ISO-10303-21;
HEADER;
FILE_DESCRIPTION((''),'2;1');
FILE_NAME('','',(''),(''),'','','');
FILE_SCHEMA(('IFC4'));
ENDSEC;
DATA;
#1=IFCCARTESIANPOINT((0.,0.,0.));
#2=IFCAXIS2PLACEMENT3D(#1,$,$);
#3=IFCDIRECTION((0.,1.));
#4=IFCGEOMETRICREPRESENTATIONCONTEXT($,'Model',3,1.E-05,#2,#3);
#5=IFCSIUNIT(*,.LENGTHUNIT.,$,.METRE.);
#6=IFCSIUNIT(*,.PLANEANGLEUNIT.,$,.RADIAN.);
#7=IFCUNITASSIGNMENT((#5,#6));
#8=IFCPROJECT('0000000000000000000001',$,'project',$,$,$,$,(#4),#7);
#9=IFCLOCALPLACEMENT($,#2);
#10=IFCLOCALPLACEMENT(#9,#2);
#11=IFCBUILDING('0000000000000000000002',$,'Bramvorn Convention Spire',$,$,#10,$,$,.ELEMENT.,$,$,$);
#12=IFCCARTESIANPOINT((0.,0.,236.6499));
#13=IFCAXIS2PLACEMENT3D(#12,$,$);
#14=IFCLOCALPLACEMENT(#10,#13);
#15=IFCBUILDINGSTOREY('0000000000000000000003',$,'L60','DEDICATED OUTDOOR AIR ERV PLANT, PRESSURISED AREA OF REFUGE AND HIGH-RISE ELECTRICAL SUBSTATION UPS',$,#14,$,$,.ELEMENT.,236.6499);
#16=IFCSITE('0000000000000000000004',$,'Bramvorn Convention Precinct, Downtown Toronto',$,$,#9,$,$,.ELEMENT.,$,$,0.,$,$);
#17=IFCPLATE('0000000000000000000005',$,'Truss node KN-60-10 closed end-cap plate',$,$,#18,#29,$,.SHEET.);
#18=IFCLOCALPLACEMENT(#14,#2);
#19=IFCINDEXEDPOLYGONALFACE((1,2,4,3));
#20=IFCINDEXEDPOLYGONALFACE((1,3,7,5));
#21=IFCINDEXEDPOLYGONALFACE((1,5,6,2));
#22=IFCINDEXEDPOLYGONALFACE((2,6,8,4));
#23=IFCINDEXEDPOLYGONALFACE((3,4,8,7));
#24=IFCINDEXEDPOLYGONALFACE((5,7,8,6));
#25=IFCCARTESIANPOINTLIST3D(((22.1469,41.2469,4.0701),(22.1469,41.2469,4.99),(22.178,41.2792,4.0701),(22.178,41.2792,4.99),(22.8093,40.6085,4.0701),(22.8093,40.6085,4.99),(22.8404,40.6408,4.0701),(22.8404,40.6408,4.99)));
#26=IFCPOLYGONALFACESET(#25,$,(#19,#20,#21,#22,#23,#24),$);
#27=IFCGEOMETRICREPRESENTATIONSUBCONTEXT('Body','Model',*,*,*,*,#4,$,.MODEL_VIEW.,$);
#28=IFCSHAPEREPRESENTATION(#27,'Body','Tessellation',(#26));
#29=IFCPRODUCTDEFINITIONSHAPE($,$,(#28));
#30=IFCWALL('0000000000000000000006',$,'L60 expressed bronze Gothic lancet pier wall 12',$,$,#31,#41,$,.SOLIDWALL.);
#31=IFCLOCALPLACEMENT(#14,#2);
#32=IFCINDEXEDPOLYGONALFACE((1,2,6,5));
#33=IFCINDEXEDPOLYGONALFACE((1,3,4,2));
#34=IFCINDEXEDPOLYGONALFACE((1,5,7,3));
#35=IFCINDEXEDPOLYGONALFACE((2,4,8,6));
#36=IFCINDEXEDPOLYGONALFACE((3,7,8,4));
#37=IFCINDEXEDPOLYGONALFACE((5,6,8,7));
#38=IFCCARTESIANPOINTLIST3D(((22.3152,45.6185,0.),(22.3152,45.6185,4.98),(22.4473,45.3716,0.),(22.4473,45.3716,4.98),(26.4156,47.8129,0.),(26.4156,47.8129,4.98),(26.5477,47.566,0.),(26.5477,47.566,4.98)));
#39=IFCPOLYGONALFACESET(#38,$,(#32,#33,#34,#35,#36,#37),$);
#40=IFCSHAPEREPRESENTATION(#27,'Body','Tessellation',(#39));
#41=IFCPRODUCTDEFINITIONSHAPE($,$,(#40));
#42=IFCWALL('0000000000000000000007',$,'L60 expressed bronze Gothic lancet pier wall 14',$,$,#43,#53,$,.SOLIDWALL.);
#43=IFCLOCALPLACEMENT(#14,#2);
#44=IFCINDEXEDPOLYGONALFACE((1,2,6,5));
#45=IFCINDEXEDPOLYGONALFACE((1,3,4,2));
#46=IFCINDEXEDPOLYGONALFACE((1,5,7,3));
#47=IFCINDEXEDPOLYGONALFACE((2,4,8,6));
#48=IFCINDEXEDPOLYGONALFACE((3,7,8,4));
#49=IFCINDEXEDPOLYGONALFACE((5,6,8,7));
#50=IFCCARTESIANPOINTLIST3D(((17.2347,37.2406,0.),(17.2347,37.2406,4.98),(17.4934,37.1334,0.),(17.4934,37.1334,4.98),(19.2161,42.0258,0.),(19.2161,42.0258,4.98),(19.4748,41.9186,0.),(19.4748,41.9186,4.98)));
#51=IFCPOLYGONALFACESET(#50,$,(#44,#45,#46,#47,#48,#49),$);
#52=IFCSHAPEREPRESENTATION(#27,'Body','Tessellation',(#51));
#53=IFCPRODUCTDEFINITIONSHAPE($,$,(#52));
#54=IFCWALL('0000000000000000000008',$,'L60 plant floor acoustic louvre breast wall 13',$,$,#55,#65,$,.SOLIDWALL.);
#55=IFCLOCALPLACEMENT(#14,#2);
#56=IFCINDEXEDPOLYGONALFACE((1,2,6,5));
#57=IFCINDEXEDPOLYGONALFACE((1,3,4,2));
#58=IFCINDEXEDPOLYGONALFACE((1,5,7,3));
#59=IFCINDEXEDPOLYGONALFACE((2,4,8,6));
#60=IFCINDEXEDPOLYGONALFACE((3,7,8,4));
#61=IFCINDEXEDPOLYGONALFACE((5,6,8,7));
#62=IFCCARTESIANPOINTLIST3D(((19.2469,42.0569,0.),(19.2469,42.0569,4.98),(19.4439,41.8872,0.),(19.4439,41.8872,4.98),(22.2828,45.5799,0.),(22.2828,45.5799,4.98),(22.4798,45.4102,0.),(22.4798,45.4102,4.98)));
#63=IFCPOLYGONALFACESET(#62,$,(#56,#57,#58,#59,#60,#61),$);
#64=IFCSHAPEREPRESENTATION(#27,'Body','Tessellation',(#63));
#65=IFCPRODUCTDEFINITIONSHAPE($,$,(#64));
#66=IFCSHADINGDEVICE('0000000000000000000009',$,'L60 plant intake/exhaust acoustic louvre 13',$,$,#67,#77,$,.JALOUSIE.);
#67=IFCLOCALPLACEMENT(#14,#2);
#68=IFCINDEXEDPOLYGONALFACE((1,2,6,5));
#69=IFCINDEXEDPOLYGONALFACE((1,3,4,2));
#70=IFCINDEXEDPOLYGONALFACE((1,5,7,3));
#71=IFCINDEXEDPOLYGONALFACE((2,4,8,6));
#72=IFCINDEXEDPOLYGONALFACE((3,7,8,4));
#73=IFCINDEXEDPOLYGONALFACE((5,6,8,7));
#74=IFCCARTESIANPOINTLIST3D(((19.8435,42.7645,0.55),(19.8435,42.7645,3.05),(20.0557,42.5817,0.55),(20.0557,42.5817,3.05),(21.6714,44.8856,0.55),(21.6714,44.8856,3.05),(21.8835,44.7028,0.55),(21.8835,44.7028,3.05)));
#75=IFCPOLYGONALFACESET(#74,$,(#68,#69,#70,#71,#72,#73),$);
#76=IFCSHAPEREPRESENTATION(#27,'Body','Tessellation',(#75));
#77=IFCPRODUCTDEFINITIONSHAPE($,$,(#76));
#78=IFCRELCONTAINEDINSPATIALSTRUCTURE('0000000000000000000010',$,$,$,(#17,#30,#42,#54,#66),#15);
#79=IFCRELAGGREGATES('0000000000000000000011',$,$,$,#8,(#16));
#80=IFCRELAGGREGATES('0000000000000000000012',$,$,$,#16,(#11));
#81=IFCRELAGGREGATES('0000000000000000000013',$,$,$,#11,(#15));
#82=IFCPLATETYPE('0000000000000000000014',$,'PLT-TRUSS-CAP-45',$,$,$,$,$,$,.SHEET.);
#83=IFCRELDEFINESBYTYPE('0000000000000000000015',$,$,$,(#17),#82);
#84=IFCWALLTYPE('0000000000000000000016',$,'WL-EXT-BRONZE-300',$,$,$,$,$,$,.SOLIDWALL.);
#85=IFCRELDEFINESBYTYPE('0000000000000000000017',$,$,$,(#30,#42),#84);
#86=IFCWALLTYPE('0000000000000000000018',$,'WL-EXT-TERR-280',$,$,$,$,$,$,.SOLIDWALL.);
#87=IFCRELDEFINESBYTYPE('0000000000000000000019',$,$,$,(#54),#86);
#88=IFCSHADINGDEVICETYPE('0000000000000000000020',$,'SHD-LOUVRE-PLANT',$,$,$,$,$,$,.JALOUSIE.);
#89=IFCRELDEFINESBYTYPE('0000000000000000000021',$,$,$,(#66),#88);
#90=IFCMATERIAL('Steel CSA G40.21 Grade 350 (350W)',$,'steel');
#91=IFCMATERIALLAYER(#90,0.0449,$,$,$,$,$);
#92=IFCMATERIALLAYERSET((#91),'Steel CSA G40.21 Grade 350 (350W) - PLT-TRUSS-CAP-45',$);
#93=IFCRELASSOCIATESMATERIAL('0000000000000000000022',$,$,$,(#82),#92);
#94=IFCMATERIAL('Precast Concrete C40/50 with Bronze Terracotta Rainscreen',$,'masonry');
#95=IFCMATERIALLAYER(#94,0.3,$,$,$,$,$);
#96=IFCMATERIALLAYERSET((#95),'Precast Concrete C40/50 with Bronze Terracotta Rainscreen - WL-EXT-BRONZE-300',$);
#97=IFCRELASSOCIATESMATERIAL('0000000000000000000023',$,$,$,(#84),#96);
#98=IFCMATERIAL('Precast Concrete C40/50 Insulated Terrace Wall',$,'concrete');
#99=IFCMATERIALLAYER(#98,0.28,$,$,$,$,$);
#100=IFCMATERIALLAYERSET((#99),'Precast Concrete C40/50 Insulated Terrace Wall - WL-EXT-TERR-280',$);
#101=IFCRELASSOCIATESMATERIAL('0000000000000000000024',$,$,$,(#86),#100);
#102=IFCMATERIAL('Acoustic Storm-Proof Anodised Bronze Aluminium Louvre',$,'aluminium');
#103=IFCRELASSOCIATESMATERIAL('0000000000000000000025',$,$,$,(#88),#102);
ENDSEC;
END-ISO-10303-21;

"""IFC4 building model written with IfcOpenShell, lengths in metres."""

from ifc_helpers import new_model, si_unit, direction, frame, frame_2d, origin, origin_2d, place, context, subcontext, project, spatial, rectangle, extrude, material, layer, layer_set, type_object, element, save


model = new_model("IFC4")

# Units and contexts
model_context = context("Model", 3, precision=1e-05, world=origin(), true_north=direction((0.0, 1.0)))
body_context = subcontext(model_context, "Body", "Model", "MODEL_VIEW")
ifc_project = project(units=[si_unit("LENGTHUNIT", "METRE"), si_unit("PLANEANGLEUNIT", "RADIAN")], contexts=[model_context])

# Site, building, storey
site_placement = place(None, origin())
site = spatial("IfcSite", under=ifc_project, at=site_placement, Name="Bramvorn Convention Precinct, Downtown Toronto", CompositionType="ELEMENT", RefElevation=0.0)
building_placement = place(site_placement, origin())
building = spatial("IfcBuilding", under=site, at=building_placement, Name="Bramvorn Convention Spire", CompositionType="ELEMENT")
storey_placement = place(building_placement, frame((0.0, 0.0, 236.6499)))
storey = spatial("IfcBuildingStorey", under=building, at=storey_placement, Name="L60", Description="DEDICATED OUTDOOR AIR ERV PLANT, PRESSURISED AREA OF REFUGE AND HIGH-RISE ELECTRICAL SUBSTATION UPS", CompositionType="ELEMENT", Elevation=236.6499)

# Shared definitions
ifc_material_1 = material(Name="Steel CSA G40.21 Grade 350 (350W)", Category="steel")

# Plate
ifc_layer_1 = layer(ifc_material_1, 0.0449)
ifc_layer_set_1 = layer_set([ifc_layer_1], Name="Steel CSA G40.21 Grade 350 (350W) - PLT-TRUSS-CAP-45")
plate_type_1 = type_object("IfcPlateType", Name="PLT-TRUSS-CAP-45", PredefinedType="SHEET", material=ifc_layer_set_1)
plate_placement = place(storey_placement, frame((22.4937, 40.9438, 4.0701), z_axis=(0.0, 0.0, 1.0), x_axis=(-0.720048, 0.693924, 0.0)))
element("IfcPlate", 1, at=plate_placement, inside=storey, type_object=plate_type_1, Name="Truss node KN-60-10 closed end-cap plate", PredefinedType="SHEET", context=body_context, shape_type="SweptSolid", body=[
    extrude(rectangle(XDim=0.9199, YDim=0.0449, at=origin_2d()), origin(), (0.0, 0.0, 1.0), 0.9199),
])

# Walls
ifc_material_2 = material(Name="Precast Concrete C40/50 with Bronze Terracotta Rainscreen", Category="masonry")
ifc_layer_2 = layer(ifc_material_2, 0.3)
ifc_layer_set_2 = layer_set([ifc_layer_2], Name="Precast Concrete C40/50 with Bronze Terracotta Rainscreen - WL-EXT-BRONZE-300")
wall_type_1 = type_object("IfcWallType", Name="WL-EXT-BRONZE-300", PredefinedType="SOLIDWALL", material=ifc_layer_set_2)
wall_1_placement = place(storey_placement, frame((22.3813, 45.4951, 0.0), z_axis=(0.0, 0.0, 1.0), x_axis=(0.881684, 0.471841, 0.0)))
element("IfcWall", 2, at=wall_1_placement, inside=storey, type_object=wall_type_1, Name="L60 expressed bronze Gothic lancet pier wall 12", PredefinedType="SOLIDWALL", context=body_context, shape_type="SweptSolid", body=[
    extrude(rectangle(XDim=4.6506, YDim=0.28, at=frame_2d((2.3252, 0.0))), origin(), (0.0, 0.0, 1.0), 4.98),
])
wall_2_placement = place(storey_placement, frame((17.364, 37.187, 0.0), z_axis=(0.0, 0.0, 1.0), x_axis=(0.382579, 0.923923, 0.0)))
element("IfcWall", 3, at=wall_2_placement, inside=storey, type_object=wall_type_1, Name="L60 expressed bronze Gothic lancet pier wall 14", PredefinedType="SOLIDWALL", context=body_context, shape_type="SweptSolid", body=[
    extrude(rectangle(XDim=5.1792, YDim=0.28, at=frame_2d((2.5896, 0.0))), origin(), (0.0, 0.0, 1.0), 4.98),
])
ifc_material_3 = material(Name="Precast Concrete C40/50 Insulated Terrace Wall", Category="concrete")
ifc_layer_3 = layer(ifc_material_3, 0.28)
ifc_layer_set_3 = layer_set([ifc_layer_3], Name="Precast Concrete C40/50 Insulated Terrace Wall - WL-EXT-TERR-280")
wall_type_2 = type_object("IfcWallType", Name="WL-EXT-TERR-280", PredefinedType="SOLIDWALL", material=ifc_layer_set_3)
wall_3_placement = place(storey_placement, frame((19.3455, 41.9722, 0.0), z_axis=(0.0, 0.0, 1.0), x_axis=(0.652799, 0.757531, 0.0)))
element("IfcWall", 4, at=wall_3_placement, inside=storey, type_object=wall_type_2, Name="L60 plant floor acoustic louvre breast wall 13", PredefinedType="SOLIDWALL", context=body_context, shape_type="SweptSolid", body=[
    extrude(rectangle(XDim=4.6506, YDim=0.26, at=frame_2d((2.3252, 0.0))), origin(), (0.0, 0.0, 1.0), 4.98),
])

# Shading device
ifc_material_4 = material(Name="Acoustic Storm-Proof Anodised Bronze Aluminium Louvre", Category="aluminium")
shading_device_type = type_object("IfcShadingDeviceType", Name="SHD-LOUVRE-PLANT", PredefinedType="JALOUSIE", material=ifc_material_4)
shading_device_placement = place(storey_placement, frame((20.8635, 43.7336, 0.55), z_axis=(0.0, 0.0, 1.0), x_axis=(0.652795, 0.757534, 0.0)))
element("IfcShadingDevice", 5, at=shading_device_placement, inside=storey, type_object=shading_device_type, Name="L60 plant intake/exhaust acoustic louvre 13", PredefinedType="JALOUSIE", context=body_context, shape_type="SweptSolid", body=[
    extrude(rectangle(XDim=2.8, YDim=0.28, at=origin_2d()), origin(), (0.0, 0.0, 1.0), 2.5),
])

save(model, "model.ifc")
